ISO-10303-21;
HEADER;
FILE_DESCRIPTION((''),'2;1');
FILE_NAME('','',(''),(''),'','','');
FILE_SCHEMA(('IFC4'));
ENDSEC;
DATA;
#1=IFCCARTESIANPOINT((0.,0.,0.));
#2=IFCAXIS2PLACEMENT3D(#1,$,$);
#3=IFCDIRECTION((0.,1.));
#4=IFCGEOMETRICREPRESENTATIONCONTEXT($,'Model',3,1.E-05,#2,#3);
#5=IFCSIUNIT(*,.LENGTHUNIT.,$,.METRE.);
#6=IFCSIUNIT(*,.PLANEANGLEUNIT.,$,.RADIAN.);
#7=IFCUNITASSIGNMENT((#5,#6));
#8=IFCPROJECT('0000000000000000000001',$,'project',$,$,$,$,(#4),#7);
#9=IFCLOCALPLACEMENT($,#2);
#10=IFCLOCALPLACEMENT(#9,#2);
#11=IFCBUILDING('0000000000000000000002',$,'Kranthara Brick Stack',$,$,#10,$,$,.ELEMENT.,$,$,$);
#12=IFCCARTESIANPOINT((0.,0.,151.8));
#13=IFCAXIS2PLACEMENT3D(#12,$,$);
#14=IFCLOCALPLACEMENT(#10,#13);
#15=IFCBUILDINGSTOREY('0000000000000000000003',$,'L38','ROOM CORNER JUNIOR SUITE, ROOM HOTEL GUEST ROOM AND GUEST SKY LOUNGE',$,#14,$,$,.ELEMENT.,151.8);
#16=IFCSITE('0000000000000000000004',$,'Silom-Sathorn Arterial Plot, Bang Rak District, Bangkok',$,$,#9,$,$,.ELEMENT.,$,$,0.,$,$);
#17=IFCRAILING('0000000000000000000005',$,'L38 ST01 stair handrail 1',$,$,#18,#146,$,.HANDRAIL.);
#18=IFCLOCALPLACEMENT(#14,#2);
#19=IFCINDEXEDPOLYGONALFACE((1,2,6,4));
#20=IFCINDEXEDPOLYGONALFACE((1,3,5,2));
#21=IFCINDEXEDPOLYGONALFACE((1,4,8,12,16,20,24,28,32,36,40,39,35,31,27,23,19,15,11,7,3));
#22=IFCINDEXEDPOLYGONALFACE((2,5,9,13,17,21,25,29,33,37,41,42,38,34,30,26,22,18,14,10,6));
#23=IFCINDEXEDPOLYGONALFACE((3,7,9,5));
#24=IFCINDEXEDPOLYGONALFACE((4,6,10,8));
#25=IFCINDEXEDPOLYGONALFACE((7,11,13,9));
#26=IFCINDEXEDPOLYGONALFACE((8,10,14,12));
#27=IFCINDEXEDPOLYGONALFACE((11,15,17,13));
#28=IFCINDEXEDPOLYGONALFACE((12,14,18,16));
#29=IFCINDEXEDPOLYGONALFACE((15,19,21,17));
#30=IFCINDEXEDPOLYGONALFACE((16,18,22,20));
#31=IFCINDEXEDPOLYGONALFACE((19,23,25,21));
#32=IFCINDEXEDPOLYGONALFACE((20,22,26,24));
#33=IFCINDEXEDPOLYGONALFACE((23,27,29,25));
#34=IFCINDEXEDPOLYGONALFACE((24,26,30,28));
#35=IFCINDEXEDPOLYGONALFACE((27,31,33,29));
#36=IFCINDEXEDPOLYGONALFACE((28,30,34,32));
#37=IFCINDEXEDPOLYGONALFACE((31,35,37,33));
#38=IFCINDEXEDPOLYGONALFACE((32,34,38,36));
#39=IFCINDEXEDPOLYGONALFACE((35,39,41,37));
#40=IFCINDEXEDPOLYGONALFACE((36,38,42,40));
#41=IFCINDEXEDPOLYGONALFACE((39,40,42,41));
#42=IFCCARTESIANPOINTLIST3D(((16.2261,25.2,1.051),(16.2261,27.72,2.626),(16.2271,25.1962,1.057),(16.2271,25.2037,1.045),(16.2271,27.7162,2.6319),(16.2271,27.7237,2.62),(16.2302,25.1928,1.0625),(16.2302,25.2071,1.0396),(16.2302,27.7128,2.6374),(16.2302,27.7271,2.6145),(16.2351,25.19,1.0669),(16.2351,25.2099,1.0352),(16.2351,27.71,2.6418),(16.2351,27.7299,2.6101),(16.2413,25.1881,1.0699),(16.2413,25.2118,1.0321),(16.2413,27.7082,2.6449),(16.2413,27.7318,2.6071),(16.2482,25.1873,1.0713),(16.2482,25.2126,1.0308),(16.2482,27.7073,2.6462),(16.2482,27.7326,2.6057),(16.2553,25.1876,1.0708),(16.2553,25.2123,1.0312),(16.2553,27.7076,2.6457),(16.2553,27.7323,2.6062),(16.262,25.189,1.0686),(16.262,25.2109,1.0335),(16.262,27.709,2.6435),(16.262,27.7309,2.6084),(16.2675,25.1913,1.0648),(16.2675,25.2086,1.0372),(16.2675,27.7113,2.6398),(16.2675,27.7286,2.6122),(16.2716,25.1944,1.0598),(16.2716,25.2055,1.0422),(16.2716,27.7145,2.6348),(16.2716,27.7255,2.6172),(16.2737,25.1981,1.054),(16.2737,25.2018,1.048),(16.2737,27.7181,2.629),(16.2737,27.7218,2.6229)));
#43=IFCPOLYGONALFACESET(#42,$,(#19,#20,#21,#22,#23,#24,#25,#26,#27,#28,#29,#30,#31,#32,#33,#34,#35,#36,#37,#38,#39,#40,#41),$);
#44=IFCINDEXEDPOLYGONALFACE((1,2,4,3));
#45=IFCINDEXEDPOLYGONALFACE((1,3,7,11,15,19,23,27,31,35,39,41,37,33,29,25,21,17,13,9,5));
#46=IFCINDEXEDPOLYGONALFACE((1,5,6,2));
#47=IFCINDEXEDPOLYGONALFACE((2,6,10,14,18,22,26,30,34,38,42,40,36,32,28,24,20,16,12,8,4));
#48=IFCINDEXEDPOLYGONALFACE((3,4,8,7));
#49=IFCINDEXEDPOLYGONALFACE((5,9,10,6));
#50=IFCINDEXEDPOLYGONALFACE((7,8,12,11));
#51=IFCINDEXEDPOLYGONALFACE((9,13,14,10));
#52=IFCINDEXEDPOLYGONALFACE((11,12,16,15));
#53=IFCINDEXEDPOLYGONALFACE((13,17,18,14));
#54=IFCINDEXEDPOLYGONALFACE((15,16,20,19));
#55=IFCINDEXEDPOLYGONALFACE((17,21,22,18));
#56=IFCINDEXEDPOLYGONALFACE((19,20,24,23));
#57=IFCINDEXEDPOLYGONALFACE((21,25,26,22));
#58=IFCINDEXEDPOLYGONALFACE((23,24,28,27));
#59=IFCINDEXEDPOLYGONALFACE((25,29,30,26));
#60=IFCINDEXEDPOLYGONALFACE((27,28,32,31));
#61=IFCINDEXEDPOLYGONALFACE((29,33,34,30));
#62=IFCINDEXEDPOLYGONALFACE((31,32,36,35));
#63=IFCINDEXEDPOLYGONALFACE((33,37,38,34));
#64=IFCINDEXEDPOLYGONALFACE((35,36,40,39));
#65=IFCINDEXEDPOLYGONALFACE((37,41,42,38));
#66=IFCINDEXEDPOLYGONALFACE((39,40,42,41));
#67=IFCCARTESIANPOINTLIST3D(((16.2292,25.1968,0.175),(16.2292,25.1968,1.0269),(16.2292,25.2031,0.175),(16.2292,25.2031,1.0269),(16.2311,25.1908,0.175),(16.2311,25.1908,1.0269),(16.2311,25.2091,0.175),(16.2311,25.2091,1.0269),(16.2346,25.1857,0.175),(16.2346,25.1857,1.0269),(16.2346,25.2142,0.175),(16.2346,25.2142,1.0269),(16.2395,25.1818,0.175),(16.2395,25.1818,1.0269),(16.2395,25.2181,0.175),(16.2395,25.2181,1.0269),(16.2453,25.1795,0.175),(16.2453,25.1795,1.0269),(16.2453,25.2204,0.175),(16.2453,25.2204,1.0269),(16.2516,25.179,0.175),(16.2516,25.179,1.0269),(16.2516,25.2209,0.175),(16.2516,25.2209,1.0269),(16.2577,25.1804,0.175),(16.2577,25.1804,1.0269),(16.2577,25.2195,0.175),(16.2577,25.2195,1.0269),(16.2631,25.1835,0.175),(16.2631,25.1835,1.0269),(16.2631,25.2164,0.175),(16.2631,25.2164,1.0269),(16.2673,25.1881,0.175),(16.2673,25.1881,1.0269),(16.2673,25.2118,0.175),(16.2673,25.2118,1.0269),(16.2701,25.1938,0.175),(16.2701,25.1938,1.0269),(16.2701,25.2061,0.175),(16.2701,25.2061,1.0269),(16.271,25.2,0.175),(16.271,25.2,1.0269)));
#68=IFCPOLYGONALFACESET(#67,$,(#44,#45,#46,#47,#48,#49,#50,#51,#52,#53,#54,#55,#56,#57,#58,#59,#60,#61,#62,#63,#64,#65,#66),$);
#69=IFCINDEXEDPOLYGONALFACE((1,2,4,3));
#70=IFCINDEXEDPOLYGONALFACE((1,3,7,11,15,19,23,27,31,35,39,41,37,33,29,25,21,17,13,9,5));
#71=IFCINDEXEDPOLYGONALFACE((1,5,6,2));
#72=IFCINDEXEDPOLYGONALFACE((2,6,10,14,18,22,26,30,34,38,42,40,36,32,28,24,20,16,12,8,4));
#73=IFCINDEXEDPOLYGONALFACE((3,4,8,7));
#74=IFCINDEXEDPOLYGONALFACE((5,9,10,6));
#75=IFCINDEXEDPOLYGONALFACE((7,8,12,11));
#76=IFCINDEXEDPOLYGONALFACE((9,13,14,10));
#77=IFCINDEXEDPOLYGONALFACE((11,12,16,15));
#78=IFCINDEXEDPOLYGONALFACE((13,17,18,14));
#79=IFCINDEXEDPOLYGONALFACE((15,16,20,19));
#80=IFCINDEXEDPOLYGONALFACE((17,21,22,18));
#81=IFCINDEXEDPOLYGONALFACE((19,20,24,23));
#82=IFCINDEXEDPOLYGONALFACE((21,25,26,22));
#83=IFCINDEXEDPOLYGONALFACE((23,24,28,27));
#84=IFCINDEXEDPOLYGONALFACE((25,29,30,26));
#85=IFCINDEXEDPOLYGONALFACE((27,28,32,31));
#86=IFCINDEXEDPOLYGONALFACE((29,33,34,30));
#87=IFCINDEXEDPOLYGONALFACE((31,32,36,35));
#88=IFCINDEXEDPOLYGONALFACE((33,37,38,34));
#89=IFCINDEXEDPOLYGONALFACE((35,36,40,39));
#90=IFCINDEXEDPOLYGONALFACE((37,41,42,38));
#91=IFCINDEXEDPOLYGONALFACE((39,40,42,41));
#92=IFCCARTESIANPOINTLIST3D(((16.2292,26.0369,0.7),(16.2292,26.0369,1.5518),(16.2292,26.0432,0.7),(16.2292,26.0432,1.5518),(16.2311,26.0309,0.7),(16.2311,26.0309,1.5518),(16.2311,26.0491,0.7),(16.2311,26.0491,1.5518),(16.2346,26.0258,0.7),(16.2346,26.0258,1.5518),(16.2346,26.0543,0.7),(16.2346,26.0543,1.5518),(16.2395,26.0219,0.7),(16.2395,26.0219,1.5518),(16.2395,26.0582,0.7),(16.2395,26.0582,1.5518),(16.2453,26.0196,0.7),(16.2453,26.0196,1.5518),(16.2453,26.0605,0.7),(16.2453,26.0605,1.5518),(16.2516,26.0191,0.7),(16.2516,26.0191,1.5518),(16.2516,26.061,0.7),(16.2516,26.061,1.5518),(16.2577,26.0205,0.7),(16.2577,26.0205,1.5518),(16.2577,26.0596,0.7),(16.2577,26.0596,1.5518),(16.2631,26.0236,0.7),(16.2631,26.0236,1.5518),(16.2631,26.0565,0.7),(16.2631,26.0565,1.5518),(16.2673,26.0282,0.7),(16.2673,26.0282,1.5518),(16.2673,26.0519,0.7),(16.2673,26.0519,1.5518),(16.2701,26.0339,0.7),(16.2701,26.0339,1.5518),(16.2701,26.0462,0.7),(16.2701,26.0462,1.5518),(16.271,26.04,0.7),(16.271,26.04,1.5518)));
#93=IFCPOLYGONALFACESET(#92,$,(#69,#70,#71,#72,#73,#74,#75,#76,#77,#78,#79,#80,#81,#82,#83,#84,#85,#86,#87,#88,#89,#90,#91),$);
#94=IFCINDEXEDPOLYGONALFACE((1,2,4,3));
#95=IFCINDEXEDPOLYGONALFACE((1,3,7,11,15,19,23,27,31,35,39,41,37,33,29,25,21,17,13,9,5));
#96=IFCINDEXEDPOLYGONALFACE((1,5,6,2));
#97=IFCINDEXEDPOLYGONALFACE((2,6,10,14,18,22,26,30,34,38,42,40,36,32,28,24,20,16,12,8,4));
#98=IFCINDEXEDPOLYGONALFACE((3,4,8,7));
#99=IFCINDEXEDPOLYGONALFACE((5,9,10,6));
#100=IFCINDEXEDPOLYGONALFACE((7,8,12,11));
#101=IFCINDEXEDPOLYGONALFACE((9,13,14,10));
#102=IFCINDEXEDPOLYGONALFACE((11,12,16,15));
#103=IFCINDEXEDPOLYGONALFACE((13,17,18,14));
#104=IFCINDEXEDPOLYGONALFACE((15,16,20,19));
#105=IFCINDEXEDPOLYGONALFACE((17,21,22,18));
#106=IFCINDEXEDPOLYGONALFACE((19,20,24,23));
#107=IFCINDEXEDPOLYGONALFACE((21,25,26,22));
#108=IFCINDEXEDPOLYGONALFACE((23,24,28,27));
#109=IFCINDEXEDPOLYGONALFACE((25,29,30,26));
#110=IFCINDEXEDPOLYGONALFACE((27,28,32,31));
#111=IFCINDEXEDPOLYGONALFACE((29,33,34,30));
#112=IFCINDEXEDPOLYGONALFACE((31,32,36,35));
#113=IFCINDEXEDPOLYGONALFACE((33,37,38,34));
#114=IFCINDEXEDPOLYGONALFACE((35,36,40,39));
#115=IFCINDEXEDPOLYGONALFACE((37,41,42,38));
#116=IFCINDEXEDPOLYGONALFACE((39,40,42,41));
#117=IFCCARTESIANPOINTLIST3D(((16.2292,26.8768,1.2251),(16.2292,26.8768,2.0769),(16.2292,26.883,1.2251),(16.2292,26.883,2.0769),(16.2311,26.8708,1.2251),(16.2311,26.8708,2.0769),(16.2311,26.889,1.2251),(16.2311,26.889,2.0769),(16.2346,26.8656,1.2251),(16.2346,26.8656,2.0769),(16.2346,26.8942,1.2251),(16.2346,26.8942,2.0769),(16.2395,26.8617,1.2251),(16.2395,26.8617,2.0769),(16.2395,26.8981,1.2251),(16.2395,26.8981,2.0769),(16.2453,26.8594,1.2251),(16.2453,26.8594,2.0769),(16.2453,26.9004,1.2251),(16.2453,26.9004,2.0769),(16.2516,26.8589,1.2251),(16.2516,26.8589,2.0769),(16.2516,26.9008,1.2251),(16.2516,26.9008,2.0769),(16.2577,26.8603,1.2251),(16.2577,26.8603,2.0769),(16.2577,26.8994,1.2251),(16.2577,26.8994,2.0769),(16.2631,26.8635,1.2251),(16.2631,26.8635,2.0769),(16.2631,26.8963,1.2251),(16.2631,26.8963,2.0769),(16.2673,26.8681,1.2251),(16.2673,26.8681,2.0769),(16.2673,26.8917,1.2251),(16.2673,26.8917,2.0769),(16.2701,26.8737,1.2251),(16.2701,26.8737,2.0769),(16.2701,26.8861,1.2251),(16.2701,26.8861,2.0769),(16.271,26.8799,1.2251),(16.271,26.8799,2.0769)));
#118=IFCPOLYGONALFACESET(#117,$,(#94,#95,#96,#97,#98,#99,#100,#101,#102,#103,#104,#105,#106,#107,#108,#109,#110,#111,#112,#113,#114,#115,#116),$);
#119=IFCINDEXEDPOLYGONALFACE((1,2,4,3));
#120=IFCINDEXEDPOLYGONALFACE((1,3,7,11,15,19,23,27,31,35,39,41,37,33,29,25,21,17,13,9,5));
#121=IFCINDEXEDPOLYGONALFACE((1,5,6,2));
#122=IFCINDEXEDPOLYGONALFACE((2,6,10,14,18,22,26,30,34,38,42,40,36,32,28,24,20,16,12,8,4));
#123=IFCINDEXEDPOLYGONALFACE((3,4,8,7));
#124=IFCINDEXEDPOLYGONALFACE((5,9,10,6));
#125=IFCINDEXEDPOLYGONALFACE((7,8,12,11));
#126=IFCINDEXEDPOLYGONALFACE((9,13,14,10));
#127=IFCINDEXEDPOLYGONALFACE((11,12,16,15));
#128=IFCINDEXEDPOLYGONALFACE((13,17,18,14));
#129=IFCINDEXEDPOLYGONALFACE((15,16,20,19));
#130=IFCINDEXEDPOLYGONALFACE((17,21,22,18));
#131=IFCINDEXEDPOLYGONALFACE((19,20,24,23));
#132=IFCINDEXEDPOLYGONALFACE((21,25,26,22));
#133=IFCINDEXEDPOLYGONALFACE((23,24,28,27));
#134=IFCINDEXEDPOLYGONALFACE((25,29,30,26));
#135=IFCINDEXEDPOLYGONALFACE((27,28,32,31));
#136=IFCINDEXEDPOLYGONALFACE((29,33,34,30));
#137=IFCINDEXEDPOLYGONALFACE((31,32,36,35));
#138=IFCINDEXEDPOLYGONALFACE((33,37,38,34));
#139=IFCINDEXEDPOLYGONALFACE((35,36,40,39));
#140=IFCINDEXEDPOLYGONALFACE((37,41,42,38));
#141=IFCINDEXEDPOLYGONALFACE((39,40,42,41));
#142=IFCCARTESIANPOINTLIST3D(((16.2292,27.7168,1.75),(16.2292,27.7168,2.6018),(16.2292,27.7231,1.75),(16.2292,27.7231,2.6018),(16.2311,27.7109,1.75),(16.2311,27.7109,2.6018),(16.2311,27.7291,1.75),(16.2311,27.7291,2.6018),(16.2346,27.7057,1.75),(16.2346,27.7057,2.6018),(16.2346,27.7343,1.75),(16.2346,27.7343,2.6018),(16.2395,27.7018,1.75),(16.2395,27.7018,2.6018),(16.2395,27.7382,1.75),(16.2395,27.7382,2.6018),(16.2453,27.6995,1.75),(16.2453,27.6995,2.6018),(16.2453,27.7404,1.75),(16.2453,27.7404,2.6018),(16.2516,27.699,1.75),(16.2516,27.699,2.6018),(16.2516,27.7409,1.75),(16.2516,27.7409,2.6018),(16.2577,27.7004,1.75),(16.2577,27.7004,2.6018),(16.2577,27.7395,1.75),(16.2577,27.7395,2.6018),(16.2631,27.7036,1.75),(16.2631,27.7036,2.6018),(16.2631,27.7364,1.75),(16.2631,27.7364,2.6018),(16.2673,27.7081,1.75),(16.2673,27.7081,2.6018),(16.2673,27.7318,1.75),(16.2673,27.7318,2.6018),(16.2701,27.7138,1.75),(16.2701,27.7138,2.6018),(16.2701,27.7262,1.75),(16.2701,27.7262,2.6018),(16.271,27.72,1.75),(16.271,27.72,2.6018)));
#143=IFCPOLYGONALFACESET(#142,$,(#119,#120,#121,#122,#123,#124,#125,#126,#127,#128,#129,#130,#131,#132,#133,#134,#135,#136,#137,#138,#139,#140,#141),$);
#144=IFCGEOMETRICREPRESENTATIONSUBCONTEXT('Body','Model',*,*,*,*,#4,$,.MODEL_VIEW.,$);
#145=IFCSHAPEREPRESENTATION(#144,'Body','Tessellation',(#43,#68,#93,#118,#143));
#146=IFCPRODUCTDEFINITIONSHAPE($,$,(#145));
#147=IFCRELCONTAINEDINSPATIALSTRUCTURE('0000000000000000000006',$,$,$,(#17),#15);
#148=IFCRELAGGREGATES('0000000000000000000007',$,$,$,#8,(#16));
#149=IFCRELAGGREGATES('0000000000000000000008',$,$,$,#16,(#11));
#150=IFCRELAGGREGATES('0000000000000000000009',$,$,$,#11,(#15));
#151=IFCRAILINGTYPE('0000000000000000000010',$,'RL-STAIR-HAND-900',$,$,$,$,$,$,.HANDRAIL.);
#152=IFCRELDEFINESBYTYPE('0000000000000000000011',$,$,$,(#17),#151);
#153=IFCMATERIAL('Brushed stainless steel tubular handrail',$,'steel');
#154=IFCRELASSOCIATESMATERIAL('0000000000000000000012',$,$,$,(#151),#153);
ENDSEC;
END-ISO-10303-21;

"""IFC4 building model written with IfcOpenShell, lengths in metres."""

from ifc_helpers import new_model, si_unit, direction, frame, origin, origin_2d, place, context, subcontext, project, spatial, circle, extrude, material, type_object, element, save


model = new_model("IFC4")

# Units and contexts
model_context = context("Model", 3, precision=1e-05, world=origin(), true_north=direction((0.0, 1.0)))
body_context = subcontext(model_context, "Body", "Model", "MODEL_VIEW")
ifc_project = project(units=[si_unit("LENGTHUNIT", "METRE"), si_unit("PLANEANGLEUNIT", "RADIAN")], contexts=[model_context])

# Site, building, storey
site_placement = place(None, origin())
site = spatial("IfcSite", under=ifc_project, at=site_placement, Name="Silom-Sathorn Arterial Plot, Bang Rak District, Bangkok", CompositionType="ELEMENT", RefElevation=0.0)
building_placement = place(site_placement, origin())
building = spatial("IfcBuilding", under=site, at=building_placement, Name="Kranthara Brick Stack", CompositionType="ELEMENT")
storey_placement = place(building_placement, frame((0.0, 0.0, 151.8)))
storey = spatial("IfcBuildingStorey", under=building, at=storey_placement, Name="L38", Description="ROOM CORNER JUNIOR SUITE, ROOM HOTEL GUEST ROOM AND GUEST SKY LOUNGE", CompositionType="ELEMENT", Elevation=151.8)

# Railing
ifc_material_1 = material(Name="Brushed stainless steel tubular handrail", Category="steel")
railing_type_1 = type_object("IfcRailingType", Name="RL-STAIR-HAND-900", PredefinedType="HANDRAIL", material=ifc_material_1)
railing_1_placement = place(storey_placement, frame((16.25, 25.2, 0.175)))
element("IfcRailing", 1, at=railing_1_placement, inside=storey, type_object=railing_type_1, Name="L38 ST01 stair handrail 1", PredefinedType="HANDRAIL", context=body_context, shape_type="SweptSolid", body=[
    extrude(circle(Radius=0.0239, at=origin_2d()), frame((0.0, 0.0, 0.876), z_axis=(0.0, 0.848008, 0.529984), x_axis=(-1.0, 0.0, 0.0)), (0.0, 0.0, 1.0), 2.9717),
    extrude(circle(Radius=0.021, at=origin_2d()), origin(), (0.0, 0.0, 1.0), 0.8518),
    extrude(circle(Radius=0.021, at=origin_2d()), frame((0.0, 0.8401, 0.5249)), (0.0, 0.0, 1.0), 0.8518),
    extrude(circle(Radius=0.021, at=origin_2d()), frame((0.0, 1.6799, 1.05)), (0.0, 0.0, 1.0), 0.8518),
    extrude(circle(Radius=0.021, at=origin_2d()), frame((0.0, 2.52, 1.575)), (0.0, 0.0, 1.0), 0.8518),
])

save(model, "model.ifc")
